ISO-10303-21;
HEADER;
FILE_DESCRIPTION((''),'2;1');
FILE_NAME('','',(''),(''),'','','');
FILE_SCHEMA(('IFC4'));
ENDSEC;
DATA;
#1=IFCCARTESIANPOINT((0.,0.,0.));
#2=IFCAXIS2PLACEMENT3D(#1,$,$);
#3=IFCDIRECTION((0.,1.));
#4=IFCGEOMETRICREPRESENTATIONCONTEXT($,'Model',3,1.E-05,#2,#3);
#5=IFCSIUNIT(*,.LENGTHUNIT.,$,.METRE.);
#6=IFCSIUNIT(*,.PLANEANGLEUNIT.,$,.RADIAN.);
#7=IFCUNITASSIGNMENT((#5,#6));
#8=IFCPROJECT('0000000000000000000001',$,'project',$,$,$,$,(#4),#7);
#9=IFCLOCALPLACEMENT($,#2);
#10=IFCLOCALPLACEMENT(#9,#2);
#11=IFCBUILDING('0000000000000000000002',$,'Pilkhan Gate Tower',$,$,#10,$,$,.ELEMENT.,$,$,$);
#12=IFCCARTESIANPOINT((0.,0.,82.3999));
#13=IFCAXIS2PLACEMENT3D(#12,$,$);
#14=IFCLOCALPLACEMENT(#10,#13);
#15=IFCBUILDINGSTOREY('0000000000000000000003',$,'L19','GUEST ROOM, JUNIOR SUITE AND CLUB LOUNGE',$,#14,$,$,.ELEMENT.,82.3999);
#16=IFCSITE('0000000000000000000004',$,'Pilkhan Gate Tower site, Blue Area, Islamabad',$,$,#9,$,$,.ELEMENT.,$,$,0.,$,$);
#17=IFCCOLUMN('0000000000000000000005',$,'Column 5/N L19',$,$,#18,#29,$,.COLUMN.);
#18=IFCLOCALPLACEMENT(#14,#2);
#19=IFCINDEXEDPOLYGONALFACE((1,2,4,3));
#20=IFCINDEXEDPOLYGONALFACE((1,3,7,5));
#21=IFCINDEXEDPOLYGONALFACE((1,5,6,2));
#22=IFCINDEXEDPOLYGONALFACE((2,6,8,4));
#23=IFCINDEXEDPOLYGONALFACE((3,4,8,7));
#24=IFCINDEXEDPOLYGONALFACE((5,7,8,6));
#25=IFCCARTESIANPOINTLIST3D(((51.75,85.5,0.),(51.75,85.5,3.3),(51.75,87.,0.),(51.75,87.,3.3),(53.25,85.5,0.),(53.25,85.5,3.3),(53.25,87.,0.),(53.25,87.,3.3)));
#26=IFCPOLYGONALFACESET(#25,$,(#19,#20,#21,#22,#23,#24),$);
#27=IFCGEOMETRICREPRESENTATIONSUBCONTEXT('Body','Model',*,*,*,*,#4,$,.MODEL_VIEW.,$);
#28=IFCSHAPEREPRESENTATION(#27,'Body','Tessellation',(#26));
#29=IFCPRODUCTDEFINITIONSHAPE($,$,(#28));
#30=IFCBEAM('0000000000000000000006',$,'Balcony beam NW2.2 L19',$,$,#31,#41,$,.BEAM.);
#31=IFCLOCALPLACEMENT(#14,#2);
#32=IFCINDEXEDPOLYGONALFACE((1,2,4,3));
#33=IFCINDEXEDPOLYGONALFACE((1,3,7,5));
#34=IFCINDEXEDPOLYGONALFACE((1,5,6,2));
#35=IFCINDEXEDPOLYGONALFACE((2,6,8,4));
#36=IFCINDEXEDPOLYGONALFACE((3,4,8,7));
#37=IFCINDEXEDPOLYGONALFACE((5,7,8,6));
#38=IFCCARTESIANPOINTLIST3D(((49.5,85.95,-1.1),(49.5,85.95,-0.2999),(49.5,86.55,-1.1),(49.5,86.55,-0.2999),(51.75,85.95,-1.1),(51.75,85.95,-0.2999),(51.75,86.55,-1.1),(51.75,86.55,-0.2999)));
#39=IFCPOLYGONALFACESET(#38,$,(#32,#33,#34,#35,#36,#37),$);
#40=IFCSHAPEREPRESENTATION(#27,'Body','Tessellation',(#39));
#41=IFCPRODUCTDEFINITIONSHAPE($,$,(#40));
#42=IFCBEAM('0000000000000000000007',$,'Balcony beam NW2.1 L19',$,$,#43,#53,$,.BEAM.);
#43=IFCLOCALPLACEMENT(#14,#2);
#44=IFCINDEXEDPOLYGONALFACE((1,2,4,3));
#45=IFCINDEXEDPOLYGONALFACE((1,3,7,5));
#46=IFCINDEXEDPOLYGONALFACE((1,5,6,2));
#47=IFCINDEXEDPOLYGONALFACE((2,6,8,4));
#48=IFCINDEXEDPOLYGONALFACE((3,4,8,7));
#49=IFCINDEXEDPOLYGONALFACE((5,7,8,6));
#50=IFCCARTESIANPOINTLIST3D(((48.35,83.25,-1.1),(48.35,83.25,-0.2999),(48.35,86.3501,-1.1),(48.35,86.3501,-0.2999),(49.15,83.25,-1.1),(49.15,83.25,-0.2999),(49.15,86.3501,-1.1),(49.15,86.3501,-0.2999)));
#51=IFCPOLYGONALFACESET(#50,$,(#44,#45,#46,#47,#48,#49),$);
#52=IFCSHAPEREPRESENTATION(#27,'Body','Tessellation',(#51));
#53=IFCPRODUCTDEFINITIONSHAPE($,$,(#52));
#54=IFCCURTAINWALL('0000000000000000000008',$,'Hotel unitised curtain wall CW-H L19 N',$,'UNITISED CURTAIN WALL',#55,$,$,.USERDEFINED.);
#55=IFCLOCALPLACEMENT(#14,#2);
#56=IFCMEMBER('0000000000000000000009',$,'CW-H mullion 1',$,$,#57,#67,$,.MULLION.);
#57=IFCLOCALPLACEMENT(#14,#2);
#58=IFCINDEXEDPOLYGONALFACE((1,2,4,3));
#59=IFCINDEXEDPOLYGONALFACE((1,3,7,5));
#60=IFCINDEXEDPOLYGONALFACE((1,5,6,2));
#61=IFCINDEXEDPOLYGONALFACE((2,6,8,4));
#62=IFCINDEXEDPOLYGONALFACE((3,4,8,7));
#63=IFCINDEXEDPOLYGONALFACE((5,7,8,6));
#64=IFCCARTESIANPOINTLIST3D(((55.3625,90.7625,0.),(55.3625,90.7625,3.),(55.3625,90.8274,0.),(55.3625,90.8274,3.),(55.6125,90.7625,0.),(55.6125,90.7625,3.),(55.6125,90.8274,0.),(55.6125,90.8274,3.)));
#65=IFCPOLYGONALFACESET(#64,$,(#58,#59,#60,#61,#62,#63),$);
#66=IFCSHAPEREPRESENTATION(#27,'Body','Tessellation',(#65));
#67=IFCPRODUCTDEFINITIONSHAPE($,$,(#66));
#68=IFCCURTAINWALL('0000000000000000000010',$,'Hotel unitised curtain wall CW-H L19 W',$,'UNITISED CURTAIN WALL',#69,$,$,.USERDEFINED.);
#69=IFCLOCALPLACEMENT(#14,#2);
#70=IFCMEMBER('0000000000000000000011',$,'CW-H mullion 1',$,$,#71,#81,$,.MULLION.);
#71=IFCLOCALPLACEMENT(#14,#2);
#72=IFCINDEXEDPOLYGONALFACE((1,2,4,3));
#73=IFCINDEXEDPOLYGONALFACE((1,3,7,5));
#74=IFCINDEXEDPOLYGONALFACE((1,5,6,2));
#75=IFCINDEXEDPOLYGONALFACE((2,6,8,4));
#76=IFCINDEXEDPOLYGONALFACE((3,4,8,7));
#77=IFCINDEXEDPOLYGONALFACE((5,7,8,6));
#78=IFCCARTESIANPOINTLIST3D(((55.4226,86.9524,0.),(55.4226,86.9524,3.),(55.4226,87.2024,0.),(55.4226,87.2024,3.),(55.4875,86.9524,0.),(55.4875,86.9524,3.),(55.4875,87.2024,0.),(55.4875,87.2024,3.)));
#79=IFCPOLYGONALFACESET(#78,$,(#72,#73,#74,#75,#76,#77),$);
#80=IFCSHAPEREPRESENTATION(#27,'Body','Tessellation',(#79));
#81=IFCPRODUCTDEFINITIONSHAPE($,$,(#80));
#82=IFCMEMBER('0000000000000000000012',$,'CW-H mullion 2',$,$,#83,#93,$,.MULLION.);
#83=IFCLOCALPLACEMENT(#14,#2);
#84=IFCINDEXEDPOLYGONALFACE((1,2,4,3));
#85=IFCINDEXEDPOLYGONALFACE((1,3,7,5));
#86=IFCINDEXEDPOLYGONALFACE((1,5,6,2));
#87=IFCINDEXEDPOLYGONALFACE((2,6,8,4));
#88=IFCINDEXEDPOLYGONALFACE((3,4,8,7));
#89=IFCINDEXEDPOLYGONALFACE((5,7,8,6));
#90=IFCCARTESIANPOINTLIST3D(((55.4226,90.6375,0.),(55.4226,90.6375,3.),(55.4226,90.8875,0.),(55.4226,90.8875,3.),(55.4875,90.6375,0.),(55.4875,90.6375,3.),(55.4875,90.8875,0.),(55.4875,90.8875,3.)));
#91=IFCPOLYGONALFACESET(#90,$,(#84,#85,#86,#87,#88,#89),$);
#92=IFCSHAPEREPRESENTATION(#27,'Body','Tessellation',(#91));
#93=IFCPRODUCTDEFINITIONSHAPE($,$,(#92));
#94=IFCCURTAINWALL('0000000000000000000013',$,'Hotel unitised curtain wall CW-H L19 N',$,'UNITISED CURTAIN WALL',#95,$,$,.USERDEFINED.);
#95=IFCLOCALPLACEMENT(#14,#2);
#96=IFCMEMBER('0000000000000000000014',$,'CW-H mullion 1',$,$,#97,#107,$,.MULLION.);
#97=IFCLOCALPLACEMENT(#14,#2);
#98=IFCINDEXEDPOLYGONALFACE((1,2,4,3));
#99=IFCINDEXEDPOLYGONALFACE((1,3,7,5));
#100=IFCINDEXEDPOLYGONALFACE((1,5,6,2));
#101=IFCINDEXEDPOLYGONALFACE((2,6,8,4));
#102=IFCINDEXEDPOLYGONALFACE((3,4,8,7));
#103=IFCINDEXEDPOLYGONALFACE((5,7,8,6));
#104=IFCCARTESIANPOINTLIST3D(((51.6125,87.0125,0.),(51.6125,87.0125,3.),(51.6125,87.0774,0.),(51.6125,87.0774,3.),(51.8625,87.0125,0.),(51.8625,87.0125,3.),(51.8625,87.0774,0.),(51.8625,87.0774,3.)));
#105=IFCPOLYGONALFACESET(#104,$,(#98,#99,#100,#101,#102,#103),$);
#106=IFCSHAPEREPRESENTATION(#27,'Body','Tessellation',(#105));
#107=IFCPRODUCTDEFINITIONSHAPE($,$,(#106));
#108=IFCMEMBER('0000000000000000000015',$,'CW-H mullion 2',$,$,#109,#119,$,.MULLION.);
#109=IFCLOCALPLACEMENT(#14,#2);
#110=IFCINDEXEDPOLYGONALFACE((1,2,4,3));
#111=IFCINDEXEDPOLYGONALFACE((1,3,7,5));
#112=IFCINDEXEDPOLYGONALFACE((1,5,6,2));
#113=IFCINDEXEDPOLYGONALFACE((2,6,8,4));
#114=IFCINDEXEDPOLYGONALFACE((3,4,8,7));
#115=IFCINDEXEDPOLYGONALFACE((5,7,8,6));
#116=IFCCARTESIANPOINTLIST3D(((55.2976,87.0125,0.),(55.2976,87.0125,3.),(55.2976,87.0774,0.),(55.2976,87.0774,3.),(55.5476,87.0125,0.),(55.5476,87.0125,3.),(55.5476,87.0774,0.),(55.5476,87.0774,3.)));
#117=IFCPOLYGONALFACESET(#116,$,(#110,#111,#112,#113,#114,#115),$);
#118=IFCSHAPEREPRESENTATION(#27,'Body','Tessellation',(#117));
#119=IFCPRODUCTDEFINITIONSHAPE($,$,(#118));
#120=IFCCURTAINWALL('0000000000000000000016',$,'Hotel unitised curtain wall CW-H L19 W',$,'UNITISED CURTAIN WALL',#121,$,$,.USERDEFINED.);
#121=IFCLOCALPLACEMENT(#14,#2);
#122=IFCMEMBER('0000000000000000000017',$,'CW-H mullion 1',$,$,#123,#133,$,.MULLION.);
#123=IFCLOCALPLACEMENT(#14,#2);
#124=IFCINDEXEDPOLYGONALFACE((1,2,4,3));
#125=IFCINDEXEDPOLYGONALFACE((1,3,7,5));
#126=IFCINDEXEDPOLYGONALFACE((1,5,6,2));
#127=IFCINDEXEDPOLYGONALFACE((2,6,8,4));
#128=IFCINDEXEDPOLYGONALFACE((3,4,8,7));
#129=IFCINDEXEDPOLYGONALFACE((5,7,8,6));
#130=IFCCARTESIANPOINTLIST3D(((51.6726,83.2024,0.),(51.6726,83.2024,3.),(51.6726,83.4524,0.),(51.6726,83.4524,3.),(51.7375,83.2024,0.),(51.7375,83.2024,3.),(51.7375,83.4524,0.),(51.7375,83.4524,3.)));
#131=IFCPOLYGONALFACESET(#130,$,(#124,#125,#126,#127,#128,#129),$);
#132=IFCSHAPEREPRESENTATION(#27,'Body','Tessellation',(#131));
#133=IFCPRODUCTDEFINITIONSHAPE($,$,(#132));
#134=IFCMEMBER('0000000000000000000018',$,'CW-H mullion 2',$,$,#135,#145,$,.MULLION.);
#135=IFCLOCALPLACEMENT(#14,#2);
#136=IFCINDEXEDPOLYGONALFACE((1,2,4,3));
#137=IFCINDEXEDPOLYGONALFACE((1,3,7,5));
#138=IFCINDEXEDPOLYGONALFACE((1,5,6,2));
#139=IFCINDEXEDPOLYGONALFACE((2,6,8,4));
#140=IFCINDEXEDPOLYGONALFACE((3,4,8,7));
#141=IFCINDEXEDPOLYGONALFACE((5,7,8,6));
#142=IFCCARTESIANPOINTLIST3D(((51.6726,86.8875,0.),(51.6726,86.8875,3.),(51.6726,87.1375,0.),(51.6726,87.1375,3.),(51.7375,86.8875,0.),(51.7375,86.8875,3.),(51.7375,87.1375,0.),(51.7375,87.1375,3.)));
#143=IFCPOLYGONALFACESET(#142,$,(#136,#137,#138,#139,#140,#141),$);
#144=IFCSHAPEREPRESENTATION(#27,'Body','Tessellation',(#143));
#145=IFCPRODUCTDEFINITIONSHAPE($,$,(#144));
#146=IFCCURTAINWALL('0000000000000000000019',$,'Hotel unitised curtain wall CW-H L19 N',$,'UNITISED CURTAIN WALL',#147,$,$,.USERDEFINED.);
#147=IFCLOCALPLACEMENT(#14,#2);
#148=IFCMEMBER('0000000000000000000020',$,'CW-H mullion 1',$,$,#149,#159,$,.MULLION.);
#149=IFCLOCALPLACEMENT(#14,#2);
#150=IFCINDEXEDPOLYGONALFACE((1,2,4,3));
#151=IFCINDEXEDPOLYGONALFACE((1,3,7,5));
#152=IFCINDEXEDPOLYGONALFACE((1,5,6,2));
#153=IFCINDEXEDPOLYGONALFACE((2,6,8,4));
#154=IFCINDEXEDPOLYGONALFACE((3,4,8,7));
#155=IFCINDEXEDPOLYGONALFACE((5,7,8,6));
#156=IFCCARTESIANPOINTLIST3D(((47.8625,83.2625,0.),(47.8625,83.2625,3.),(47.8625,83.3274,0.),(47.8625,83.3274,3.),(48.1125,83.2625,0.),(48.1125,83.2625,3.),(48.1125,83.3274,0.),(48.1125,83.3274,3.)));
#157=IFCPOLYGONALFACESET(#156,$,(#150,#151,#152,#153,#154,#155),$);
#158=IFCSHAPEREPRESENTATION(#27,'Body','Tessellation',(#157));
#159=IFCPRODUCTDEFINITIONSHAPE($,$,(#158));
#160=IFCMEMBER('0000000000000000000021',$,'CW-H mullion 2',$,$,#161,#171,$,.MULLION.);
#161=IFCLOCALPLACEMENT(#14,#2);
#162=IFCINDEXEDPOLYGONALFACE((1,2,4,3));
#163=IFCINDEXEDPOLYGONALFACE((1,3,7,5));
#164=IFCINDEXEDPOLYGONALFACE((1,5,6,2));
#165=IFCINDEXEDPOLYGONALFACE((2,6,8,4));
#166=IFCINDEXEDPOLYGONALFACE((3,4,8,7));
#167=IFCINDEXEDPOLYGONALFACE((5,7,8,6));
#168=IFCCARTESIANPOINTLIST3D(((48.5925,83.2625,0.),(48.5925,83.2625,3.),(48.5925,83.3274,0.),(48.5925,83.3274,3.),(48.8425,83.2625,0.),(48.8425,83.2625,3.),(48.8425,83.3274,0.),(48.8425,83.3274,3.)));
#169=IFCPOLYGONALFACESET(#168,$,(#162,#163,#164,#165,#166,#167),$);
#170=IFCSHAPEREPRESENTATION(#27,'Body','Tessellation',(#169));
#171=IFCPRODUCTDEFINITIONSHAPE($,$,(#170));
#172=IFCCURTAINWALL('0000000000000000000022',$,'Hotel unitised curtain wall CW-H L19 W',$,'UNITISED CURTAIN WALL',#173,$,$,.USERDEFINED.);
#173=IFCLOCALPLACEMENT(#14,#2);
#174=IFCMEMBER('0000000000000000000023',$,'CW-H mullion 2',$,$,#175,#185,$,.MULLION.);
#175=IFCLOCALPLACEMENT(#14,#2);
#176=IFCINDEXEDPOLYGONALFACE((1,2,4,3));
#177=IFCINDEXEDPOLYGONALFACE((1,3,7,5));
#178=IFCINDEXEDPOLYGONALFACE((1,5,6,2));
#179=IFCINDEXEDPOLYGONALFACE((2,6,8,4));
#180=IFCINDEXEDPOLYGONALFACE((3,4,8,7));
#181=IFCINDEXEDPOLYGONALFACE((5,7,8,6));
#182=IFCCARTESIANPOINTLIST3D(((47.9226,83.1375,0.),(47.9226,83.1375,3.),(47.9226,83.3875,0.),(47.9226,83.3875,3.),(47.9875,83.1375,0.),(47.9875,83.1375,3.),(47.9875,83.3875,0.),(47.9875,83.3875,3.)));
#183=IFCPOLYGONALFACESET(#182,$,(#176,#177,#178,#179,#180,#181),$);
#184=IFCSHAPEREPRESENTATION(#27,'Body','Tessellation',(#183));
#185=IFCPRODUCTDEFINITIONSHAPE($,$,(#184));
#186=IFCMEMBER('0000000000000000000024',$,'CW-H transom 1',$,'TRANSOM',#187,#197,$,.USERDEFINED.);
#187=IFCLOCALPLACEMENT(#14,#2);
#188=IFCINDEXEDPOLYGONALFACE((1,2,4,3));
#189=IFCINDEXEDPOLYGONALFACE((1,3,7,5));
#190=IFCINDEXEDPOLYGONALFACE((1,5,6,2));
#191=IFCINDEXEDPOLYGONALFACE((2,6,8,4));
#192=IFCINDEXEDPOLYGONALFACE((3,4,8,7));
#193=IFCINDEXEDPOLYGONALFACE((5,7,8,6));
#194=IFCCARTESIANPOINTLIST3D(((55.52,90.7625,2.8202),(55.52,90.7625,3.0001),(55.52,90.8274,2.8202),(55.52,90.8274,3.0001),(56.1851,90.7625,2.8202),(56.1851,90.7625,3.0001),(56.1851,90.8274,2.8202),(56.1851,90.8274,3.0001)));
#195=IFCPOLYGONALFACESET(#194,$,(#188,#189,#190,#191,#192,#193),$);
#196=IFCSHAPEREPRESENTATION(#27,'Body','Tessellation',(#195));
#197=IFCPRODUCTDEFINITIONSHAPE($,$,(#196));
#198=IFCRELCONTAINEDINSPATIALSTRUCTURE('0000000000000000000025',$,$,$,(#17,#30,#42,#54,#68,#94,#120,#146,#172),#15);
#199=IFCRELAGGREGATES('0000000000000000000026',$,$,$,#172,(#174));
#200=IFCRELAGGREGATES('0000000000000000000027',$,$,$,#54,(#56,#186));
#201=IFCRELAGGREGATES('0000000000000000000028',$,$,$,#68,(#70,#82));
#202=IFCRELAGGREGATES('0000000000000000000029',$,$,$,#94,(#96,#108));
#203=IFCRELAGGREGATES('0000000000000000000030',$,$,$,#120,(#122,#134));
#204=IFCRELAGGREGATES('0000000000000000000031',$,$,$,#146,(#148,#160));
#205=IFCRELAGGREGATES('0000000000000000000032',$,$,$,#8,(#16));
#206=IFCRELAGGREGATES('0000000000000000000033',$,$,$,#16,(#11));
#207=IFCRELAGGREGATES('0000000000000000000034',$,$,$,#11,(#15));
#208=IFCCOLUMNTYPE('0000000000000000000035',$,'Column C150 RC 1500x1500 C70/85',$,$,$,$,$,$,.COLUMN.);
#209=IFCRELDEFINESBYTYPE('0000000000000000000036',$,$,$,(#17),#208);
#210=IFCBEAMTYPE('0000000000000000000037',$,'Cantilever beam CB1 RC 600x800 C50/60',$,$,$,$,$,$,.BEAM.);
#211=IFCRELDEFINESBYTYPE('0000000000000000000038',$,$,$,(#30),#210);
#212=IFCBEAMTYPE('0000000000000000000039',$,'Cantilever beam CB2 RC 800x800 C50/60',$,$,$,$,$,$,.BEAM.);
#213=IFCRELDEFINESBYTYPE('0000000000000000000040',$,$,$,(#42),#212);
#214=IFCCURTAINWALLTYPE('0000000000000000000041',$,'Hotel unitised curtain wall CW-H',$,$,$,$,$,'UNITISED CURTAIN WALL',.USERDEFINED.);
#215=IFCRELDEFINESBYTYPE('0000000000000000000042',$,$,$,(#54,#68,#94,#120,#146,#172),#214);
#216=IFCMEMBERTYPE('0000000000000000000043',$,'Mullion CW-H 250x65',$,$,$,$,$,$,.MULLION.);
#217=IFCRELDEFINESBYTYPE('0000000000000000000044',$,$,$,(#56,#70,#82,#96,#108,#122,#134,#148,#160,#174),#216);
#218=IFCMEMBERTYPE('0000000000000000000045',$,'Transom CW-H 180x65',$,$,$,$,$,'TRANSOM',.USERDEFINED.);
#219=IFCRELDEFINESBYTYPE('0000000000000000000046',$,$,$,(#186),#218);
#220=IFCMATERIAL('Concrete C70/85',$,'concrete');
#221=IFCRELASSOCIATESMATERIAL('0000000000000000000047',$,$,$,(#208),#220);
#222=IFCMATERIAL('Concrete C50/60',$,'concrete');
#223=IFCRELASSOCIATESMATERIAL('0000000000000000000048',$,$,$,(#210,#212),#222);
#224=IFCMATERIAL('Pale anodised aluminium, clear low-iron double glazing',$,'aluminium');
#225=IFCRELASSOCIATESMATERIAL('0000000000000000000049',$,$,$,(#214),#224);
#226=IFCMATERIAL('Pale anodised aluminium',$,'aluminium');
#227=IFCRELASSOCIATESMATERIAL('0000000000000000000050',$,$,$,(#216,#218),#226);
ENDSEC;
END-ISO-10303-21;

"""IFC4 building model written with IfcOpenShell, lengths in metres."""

from ifc_helpers import new_model, si_unit, direction, frame, origin, origin_2d, place, context, subcontext, project, spatial, rectangle, extrude, material, material_profile, profile_set, type_object, element, aggregate, save


model = new_model("IFC4")

# Units and contexts
model_context = context("Model", 3, precision=1e-05, world=origin(), true_north=direction((0.0, 1.0)))
body_context = subcontext(model_context, "Body", "Model", "MODEL_VIEW")
ifc_project = project(units=[si_unit("LENGTHUNIT", "METRE"), si_unit("PLANEANGLEUNIT", "RADIAN")], contexts=[model_context])

# Site, building, storey
site_placement = place(None, origin())
site = spatial("IfcSite", under=ifc_project, at=site_placement, Name="Pilkhan Gate Tower site, Blue Area, Islamabad", CompositionType="ELEMENT", RefElevation=0.0)
building_placement = place(site_placement, origin())
building = spatial("IfcBuilding", under=site, at=building_placement, Name="Pilkhan Gate Tower", CompositionType="ELEMENT")
storey_placement = place(building_placement, frame((0.0, 0.0, 82.3999)))
storey = spatial("IfcBuildingStorey", under=building, at=storey_placement, Name="L19", Description="GUEST ROOM, JUNIOR SUITE AND CLUB LOUNGE", CompositionType="ELEMENT", Elevation=82.3999)

# Column
ifc_material_1 = material(Name="Concrete C70/85", Category="concrete")
ifc_material_profile_1 = material_profile(ifc_material_1, rectangle(XDim=1.5, YDim=1.5, at=origin_2d()), Name="RC 1500x1500")
ifc_profile_set_1 = profile_set([ifc_material_profile_1], Name="Concrete C70/85")
column_type = type_object("IfcColumnType", Name="Column C150 RC 1500x1500 C70/85", PredefinedType="COLUMN", material=ifc_profile_set_1)
column_placement = place(storey_placement, frame((52.5, 86.25, 0.0), z_axis=(0.0, 0.0, 1.0), x_axis=(1.0, 0.0, 0.0)))
element("IfcColumn", 1, at=column_placement, inside=storey, type_object=column_type, Name="Column 5/N L19", PredefinedType="COLUMN", context=body_context, shape_type="SweptSolid", body=[
    extrude(rectangle(XDim=1.5, YDim=1.5, at=origin_2d()), origin(), (0.0, 0.0, 1.0), 3.3),
])

# Beams
ifc_material_2 = material(Name="Concrete C50/60", Category="concrete")
ifc_material_profile_2 = material_profile(ifc_material_2, rectangle(XDim=0.6001, YDim=0.8, at=origin_2d()), Name="RC 600x800")
ifc_profile_set_2 = profile_set([ifc_material_profile_2], Name="Concrete C50/60")
beam_type_1 = type_object("IfcBeamType", Name="Cantilever beam CB1 RC 600x800 C50/60", PredefinedType="BEAM", material=ifc_profile_set_2)
beam_1_placement = place(storey_placement, frame((51.75, 86.25, -0.7), z_axis=(-1.0, 0.0, 0.0), x_axis=(0.0, -1.0, 0.0)))
element("IfcBeam", 2, at=beam_1_placement, inside=storey, type_object=beam_type_1, Name="Balcony beam NW2.2 L19", PredefinedType="BEAM", context=body_context, shape_type="SweptSolid", body=[
    extrude(rectangle(XDim=0.6001, YDim=0.8, at=origin_2d()), origin(), (0.0, 0.0, 1.0), 2.25),
])
ifc_material_profile_3 = material_profile(ifc_material_2, rectangle(XDim=0.8, YDim=0.8, at=origin_2d()), Name="RC 800x800")
ifc_profile_set_3 = profile_set([ifc_material_profile_3], Name="Concrete C50/60")
beam_type_2 = type_object("IfcBeamType", Name="Cantilever beam CB2 RC 800x800 C50/60", PredefinedType="BEAM", material=ifc_profile_set_3)
beam_2_placement = place(storey_placement, frame((48.75, 83.25, -0.7), z_axis=(0.0, 1.0, 0.0), x_axis=(-1.0, 0.0, 0.0)))
element("IfcBeam", 3, at=beam_2_placement, inside=storey, type_object=beam_type_2, Name="Balcony beam NW2.1 L19", PredefinedType="BEAM", context=body_context, shape_type="SweptSolid", body=[
    extrude(rectangle(XDim=0.8, YDim=0.8, at=origin_2d()), origin(), (0.0, 0.0, 1.0), 3.1001),
])

# Curtain wall, member
ifc_material_3 = material(Name="Pale anodised aluminium, clear low-iron double glazing", Category="aluminium")
curtain_wall_type = type_object("IfcCurtainWallType", Name="Hotel unitised curtain wall CW-H", ElementType="UNITISED CURTAIN WALL", PredefinedType="USERDEFINED", material=ifc_material_3)
curtain_wall_1_placement = place(storey_placement, origin())
curtain_wall_1 = element("IfcCurtainWall", 4, at=curtain_wall_1_placement, inside=storey, type_object=curtain_wall_type, Name="Hotel unitised curtain wall CW-H L19 N", ObjectType="UNITISED CURTAIN WALL", PredefinedType="USERDEFINED")
ifc_material_4 = material(Name="Pale anodised aluminium", Category="aluminium")
ifc_material_profile_4 = material_profile(ifc_material_4, rectangle(XDim=0.0649, YDim=0.25, at=origin_2d()), Name="Mullion 250x65")
ifc_profile_set_4 = profile_set([ifc_material_profile_4], Name="Pale anodised aluminium")
member_type_1 = type_object("IfcMemberType", Name="Mullion CW-H 250x65", PredefinedType="MULLION", material=ifc_profile_set_4)
member_1_placement = place(storey_placement, frame((55.4875, 90.7949, 0.0), z_axis=(0.0, 0.0, 1.0), x_axis=(0.0, 1.0, 0.0)))
member_1 = element("IfcMember", 5, at=member_1_placement, type_object=member_type_1, Name="CW-H mullion 1", PredefinedType="MULLION", context=body_context, shape_type="SweptSolid", body=[
    extrude(rectangle(XDim=0.0649, YDim=0.25, at=origin_2d()), origin(), (0.0, 0.0, 1.0), 3.0),
])

# Curtain walls, members
curtain_wall_2_placement = place(storey_placement, origin())
curtain_wall_2 = element("IfcCurtainWall", 6, at=curtain_wall_2_placement, inside=storey, type_object=curtain_wall_type, Name="Hotel unitised curtain wall CW-H L19 W", ObjectType="UNITISED CURTAIN WALL", PredefinedType="USERDEFINED")
member_2_placement = place(storey_placement, frame((55.4551, 87.0774, 0.0), z_axis=(0.0, 0.0, 1.0), x_axis=(-1.0, 0.0, 0.0)))
member_2 = element("IfcMember", 7, at=member_2_placement, type_object=member_type_1, Name="CW-H mullion 1", PredefinedType="MULLION", context=body_context, shape_type="SweptSolid", body=[
    extrude(rectangle(XDim=0.0649, YDim=0.25, at=origin_2d()), origin(), (0.0, 0.0, 1.0), 3.0),
])
member_3_placement = place(storey_placement, frame((55.4551, 90.7625, 0.0), z_axis=(0.0, 0.0, 1.0), x_axis=(-1.0, 0.0, 0.0)))
member_3 = element("IfcMember", 8, at=member_3_placement, type_object=member_type_1, Name="CW-H mullion 2", PredefinedType="MULLION", context=body_context, shape_type="SweptSolid", body=[
    extrude(rectangle(XDim=0.0649, YDim=0.25, at=origin_2d()), origin(), (0.0, 0.0, 1.0), 3.0),
])
curtain_wall_3_placement = place(storey_placement, origin())
curtain_wall_3 = element("IfcCurtainWall", 9, at=curtain_wall_3_placement, inside=storey, type_object=curtain_wall_type, Name="Hotel unitised curtain wall CW-H L19 N", ObjectType="UNITISED CURTAIN WALL", PredefinedType="USERDEFINED")
member_4_placement = place(storey_placement, frame((51.7375, 87.0449, 0.0), z_axis=(0.0, 0.0, 1.0), x_axis=(0.0, 1.0, 0.0)))
member_4 = element("IfcMember", 10, at=member_4_placement, type_object=member_type_1, Name="CW-H mullion 1", PredefinedType="MULLION", context=body_context, shape_type="SweptSolid", body=[
    extrude(rectangle(XDim=0.0649, YDim=0.25, at=origin_2d()), origin(), (0.0, 0.0, 1.0), 3.0),
])
member_5_placement = place(storey_placement, frame((55.4226, 87.0449, 0.0), z_axis=(0.0, 0.0, 1.0), x_axis=(0.0, 1.0, 0.0)))
member_5 = element("IfcMember", 11, at=member_5_placement, type_object=member_type_1, Name="CW-H mullion 2", PredefinedType="MULLION", context=body_context, shape_type="SweptSolid", body=[
    extrude(rectangle(XDim=0.0649, YDim=0.25, at=origin_2d()), origin(), (0.0, 0.0, 1.0), 3.0),
])
curtain_wall_4_placement = place(storey_placement, origin())
curtain_wall_4 = element("IfcCurtainWall", 12, at=curtain_wall_4_placement, inside=storey, type_object=curtain_wall_type, Name="Hotel unitised curtain wall CW-H L19 W", ObjectType="UNITISED CURTAIN WALL", PredefinedType="USERDEFINED")
member_6_placement = place(storey_placement, frame((51.7051, 83.3274, 0.0), z_axis=(0.0, 0.0, 1.0), x_axis=(-1.0, 0.0, 0.0)))
member_6 = element("IfcMember", 13, at=member_6_placement, type_object=member_type_1, Name="CW-H mullion 1", PredefinedType="MULLION", context=body_context, shape_type="SweptSolid", body=[
    extrude(rectangle(XDim=0.0649, YDim=0.25, at=origin_2d()), origin(), (0.0, 0.0, 1.0), 3.0),
])
member_7_placement = place(storey_placement, frame((51.7051, 87.0125, 0.0), z_axis=(0.0, 0.0, 1.0), x_axis=(-1.0, 0.0, 0.0)))
member_7 = element("IfcMember", 14, at=member_7_placement, type_object=member_type_1, Name="CW-H mullion 2", PredefinedType="MULLION", context=body_context, shape_type="SweptSolid", body=[
    extrude(rectangle(XDim=0.0649, YDim=0.25, at=origin_2d()), origin(), (0.0, 0.0, 1.0), 3.0),
])
curtain_wall_5_placement = place(storey_placement, origin())
curtain_wall_5 = element("IfcCurtainWall", 15, at=curtain_wall_5_placement, inside=storey, type_object=curtain_wall_type, Name="Hotel unitised curtain wall CW-H L19 N", ObjectType="UNITISED CURTAIN WALL", PredefinedType="USERDEFINED")
member_8_placement = place(storey_placement, frame((47.9875, 83.2949, 0.0), z_axis=(0.0, 0.0, 1.0), x_axis=(0.0, 1.0, 0.0)))
member_8 = element("IfcMember", 16, at=member_8_placement, type_object=member_type_1, Name="CW-H mullion 1", PredefinedType="MULLION", context=body_context, shape_type="SweptSolid", body=[
    extrude(rectangle(XDim=0.0649, YDim=0.25, at=origin_2d()), origin(), (0.0, 0.0, 1.0), 3.0),
])
member_9_placement = place(storey_placement, frame((48.7175, 83.2949, 0.0), z_axis=(0.0, 0.0, 1.0), x_axis=(0.0, 1.0, 0.0)))
member_9 = element("IfcMember", 17, at=member_9_placement, type_object=member_type_1, Name="CW-H mullion 2", PredefinedType="MULLION", context=body_context, shape_type="SweptSolid", body=[
    extrude(rectangle(XDim=0.0649, YDim=0.25, at=origin_2d()), origin(), (0.0, 0.0, 1.0), 3.0),
])

# Curtain wall, member
curtain_wall_6_placement = place(storey_placement, origin())
curtain_wall_6 = element("IfcCurtainWall", 18, at=curtain_wall_6_placement, inside=storey, type_object=curtain_wall_type, Name="Hotel unitised curtain wall CW-H L19 W", ObjectType="UNITISED CURTAIN WALL", PredefinedType="USERDEFINED")
member_10_placement = place(storey_placement, frame((47.9551, 83.2625, 0.0), z_axis=(0.0, 0.0, 1.0), x_axis=(-1.0, 0.0, 0.0)))
member_10 = element("IfcMember", 19, at=member_10_placement, type_object=member_type_1, Name="CW-H mullion 2", PredefinedType="MULLION", context=body_context, shape_type="SweptSolid", body=[
    extrude(rectangle(XDim=0.0649, YDim=0.25, at=origin_2d()), origin(), (0.0, 0.0, 1.0), 3.0),
])
aggregate(curtain_wall_6, [member_10])

# Member
ifc_material_profile_5 = material_profile(ifc_material_4, rectangle(XDim=0.0649, YDim=0.1799, at=origin_2d()), Name="Transom 180x65")
ifc_profile_set_5 = profile_set([ifc_material_profile_5], Name="Pale anodised aluminium")
member_type_2 = type_object("IfcMemberType", Name="Transom CW-H 180x65", ElementType="TRANSOM", PredefinedType="USERDEFINED", material=ifc_profile_set_5)
member_11_placement = place(storey_placement, frame((55.52, 90.7949, 2.9102), z_axis=(1.0, 0.0, 0.0), x_axis=(0.0, 1.0, 0.0)))
member_11 = element("IfcMember", 20, at=member_11_placement, type_object=member_type_2, Name="CW-H transom 1", ObjectType="TRANSOM", PredefinedType="USERDEFINED", context=body_context, shape_type="SweptSolid", body=[
    extrude(rectangle(XDim=0.0649, YDim=0.1799, at=origin_2d()), origin(), (0.0, 0.0, 1.0), 0.665),
])

aggregate(curtain_wall_1, [member_1, member_11])
aggregate(curtain_wall_2, [member_2, member_3])
aggregate(curtain_wall_3, [member_4, member_5])
aggregate(curtain_wall_4, [member_6, member_7])
aggregate(curtain_wall_5, [member_8, member_9])

save(model, "model.ifc")
